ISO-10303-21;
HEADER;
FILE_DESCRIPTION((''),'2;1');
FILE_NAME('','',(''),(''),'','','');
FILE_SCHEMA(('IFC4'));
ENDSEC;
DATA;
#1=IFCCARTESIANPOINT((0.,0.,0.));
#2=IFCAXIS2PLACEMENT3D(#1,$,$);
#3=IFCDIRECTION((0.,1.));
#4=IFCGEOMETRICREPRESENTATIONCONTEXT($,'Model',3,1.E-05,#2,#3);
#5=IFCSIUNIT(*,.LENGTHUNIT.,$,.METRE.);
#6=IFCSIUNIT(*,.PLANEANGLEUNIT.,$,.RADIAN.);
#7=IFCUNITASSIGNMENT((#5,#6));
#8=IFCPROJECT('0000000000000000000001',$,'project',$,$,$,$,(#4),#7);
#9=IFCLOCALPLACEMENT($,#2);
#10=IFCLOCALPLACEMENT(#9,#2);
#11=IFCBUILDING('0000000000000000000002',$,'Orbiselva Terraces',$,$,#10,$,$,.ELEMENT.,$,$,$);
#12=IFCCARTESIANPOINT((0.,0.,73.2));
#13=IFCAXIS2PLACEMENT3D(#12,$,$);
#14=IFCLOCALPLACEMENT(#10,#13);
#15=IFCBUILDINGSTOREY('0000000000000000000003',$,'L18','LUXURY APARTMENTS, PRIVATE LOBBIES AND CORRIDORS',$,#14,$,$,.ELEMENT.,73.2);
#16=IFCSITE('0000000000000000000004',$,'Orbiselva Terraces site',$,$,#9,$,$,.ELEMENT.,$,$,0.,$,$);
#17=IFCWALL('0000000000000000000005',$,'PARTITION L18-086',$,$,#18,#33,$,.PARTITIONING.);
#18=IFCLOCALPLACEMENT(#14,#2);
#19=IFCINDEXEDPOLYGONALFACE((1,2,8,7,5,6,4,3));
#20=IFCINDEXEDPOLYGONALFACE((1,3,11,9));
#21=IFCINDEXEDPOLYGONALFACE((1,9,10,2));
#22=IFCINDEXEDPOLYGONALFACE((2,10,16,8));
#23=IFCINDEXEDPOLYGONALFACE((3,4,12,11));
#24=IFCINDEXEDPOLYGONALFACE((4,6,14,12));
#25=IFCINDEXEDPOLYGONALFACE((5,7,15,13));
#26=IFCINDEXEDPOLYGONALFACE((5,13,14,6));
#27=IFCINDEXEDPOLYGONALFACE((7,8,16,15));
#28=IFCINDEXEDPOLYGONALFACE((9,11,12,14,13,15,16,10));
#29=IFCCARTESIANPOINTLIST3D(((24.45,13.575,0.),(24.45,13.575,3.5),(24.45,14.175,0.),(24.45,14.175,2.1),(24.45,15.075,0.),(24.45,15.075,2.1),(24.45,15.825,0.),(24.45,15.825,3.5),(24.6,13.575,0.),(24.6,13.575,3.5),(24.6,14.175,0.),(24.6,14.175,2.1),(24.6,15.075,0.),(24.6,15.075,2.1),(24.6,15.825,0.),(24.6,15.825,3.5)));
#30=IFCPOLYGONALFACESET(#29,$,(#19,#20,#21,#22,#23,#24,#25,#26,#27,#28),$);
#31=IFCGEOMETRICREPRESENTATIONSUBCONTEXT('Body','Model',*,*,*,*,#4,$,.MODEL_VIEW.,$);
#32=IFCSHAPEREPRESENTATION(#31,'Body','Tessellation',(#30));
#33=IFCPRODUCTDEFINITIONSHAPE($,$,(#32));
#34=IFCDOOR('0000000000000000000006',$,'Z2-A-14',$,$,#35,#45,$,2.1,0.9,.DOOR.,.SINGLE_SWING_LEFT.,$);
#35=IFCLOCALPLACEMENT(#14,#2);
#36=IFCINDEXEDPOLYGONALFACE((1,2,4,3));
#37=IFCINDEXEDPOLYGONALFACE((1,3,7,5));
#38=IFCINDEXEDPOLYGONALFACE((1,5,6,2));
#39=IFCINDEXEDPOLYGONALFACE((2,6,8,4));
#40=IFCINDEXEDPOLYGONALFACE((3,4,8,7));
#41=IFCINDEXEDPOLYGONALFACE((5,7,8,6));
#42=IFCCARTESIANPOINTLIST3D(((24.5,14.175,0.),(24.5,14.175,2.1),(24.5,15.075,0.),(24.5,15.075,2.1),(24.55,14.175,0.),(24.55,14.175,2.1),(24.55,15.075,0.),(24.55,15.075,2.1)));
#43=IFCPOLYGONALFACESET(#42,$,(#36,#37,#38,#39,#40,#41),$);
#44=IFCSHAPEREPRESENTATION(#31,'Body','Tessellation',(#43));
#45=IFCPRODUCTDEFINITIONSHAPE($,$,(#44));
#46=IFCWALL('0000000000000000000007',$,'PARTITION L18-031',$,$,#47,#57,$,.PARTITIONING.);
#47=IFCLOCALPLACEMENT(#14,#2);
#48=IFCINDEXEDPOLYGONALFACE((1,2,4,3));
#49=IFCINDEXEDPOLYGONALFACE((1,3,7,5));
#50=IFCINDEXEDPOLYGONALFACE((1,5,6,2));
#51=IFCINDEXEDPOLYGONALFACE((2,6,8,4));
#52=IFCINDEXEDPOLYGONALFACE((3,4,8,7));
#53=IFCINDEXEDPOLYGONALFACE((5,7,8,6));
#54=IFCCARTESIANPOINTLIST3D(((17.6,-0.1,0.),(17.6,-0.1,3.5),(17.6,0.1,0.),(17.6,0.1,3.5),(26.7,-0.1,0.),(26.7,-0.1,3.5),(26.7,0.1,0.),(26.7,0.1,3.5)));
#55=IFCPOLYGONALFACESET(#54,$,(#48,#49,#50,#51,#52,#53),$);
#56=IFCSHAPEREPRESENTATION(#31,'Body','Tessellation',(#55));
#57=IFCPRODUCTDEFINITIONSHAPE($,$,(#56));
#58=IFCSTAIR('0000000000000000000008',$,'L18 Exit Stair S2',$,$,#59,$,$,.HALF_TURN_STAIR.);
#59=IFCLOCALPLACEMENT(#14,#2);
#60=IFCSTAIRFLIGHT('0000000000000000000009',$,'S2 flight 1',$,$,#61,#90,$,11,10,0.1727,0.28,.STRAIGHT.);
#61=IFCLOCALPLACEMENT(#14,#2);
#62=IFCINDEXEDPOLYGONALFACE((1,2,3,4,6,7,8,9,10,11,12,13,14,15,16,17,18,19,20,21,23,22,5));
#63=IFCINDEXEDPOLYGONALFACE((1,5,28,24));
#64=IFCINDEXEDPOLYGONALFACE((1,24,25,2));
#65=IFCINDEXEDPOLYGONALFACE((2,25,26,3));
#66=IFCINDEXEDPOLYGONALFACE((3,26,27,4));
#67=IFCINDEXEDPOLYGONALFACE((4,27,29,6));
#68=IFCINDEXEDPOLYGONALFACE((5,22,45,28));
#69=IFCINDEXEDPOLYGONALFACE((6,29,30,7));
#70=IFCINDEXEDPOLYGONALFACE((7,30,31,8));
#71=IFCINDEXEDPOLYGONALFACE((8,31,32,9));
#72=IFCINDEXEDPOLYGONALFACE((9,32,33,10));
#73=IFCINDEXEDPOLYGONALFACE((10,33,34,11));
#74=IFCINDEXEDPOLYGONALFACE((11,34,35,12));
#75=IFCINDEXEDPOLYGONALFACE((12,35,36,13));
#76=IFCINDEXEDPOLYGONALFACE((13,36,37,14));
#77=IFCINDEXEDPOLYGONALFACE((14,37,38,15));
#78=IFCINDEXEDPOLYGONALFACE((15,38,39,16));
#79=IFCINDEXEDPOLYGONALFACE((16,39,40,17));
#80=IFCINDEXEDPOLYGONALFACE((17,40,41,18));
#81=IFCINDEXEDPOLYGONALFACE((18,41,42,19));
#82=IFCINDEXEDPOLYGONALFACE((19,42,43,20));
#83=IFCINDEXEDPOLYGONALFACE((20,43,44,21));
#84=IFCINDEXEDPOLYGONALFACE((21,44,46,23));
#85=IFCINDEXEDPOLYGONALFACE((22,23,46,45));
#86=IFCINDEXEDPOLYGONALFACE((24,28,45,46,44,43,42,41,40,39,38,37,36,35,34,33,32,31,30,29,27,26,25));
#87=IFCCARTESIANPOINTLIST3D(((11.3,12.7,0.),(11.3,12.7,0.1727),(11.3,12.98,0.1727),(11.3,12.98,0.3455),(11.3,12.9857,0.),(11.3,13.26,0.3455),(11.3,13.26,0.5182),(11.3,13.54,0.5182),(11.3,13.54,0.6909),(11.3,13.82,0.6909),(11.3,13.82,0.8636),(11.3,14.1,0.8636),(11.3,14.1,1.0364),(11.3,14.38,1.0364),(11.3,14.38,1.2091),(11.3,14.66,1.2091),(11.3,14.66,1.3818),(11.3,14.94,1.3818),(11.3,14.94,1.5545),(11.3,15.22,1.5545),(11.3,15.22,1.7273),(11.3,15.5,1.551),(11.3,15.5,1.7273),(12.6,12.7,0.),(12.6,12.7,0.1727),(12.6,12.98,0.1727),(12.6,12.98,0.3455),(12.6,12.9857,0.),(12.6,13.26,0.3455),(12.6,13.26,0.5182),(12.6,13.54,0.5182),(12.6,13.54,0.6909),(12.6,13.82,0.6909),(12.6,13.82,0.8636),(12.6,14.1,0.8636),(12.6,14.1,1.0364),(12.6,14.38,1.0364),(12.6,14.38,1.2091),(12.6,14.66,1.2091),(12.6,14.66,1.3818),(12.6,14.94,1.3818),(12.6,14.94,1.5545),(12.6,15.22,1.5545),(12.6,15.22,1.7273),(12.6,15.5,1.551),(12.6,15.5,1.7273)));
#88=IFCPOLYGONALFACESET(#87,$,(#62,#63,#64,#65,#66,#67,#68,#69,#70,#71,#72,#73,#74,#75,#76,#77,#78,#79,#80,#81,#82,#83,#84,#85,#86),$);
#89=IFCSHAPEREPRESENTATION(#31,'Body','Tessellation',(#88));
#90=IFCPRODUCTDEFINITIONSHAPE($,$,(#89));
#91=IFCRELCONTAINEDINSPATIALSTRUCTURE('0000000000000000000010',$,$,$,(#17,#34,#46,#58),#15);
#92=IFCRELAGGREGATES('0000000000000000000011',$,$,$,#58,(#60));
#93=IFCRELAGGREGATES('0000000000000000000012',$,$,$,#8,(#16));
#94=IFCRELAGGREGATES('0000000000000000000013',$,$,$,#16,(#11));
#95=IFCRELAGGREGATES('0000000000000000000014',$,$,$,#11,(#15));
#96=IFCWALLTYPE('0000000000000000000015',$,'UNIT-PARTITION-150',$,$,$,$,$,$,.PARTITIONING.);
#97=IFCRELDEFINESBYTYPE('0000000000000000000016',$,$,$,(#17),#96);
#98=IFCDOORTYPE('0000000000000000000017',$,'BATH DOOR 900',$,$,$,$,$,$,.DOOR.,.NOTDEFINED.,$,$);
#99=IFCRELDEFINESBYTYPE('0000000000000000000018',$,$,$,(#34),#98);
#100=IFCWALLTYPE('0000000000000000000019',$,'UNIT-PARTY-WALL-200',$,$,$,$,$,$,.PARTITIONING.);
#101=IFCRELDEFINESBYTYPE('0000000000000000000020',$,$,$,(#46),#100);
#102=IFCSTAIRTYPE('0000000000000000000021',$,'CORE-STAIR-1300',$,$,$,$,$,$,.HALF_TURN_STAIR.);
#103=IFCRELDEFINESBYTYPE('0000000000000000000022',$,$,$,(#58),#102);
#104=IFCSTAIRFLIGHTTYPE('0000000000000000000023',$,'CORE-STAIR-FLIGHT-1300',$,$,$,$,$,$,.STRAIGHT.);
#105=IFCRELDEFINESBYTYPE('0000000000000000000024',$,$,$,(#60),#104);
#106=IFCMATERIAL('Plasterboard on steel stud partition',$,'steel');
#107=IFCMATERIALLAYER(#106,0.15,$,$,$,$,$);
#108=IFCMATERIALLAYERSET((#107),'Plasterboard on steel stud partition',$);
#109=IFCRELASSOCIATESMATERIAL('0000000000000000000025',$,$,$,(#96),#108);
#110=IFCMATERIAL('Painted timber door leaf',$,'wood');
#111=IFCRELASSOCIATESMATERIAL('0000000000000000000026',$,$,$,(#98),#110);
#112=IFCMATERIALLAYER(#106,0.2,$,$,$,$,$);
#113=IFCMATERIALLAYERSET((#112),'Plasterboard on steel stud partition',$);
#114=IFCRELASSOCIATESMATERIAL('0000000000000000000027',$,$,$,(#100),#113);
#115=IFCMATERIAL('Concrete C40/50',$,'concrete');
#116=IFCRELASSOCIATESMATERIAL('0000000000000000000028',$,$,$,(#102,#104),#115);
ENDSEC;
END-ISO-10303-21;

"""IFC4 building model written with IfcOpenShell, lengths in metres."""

from ifc_helpers import new_model, si_unit, direction, frame, frame_2d, origin, place, context, subcontext, project, spatial, polyline, rectangle, outline, extrude, material, layer, layer_set, type_object, element, fill, aggregate, save


model = new_model("IFC4")

# Units and contexts
model_context = context("Model", 3, precision=1e-05, world=origin(), true_north=direction((0.0, 1.0)))
body_context = subcontext(model_context, "Body", "Model", "MODEL_VIEW")
ifc_project = project(units=[si_unit("LENGTHUNIT", "METRE"), si_unit("PLANEANGLEUNIT", "RADIAN")], contexts=[model_context])

# Site, building, storey
site_placement = place(None, origin())
site = spatial("IfcSite", under=ifc_project, at=site_placement, Name="Orbiselva Terraces site", CompositionType="ELEMENT", RefElevation=0.0)
building_placement = place(site_placement, origin())
building = spatial("IfcBuilding", under=site, at=building_placement, Name="Orbiselva Terraces", CompositionType="ELEMENT")
storey_placement = place(building_placement, frame((0.0, 0.0, 73.2)))
storey = spatial("IfcBuildingStorey", under=building, at=storey_placement, Name="L18", Description="LUXURY APARTMENTS, PRIVATE LOBBIES AND CORRIDORS", CompositionType="ELEMENT", Elevation=73.2)

# Shared definitions
ifc_material_1 = material(Name="Plasterboard on steel stud partition", Category="steel")
ifc_material_2 = material(Name="Painted timber door leaf", Category="wood")

# Shared definitions
ifc_layer_1 = layer(ifc_material_1, 0.15)
ifc_layer_set_1 = layer_set([ifc_layer_1], Name="Plasterboard on steel stud partition")
wall_type_1 = type_object("IfcWallType", Name="UNIT-PARTITION-150", PredefinedType="PARTITIONING", material=ifc_layer_set_1)

# Wall, opening, door
door_type_1 = type_object("IfcDoorType", Name="BATH DOOR 900", OperationType="NOTDEFINED", PredefinedType="DOOR", material=ifc_material_2)
wall_1_placement = place(storey_placement, frame((24.525, 13.575, 0.0), z_axis=(0.0, 0.0, 1.0), x_axis=(0.0, 1.0, 0.0)))
wall_1 = element("IfcWall", 1, at=wall_1_placement, inside=storey, type_object=wall_type_1, Name="PARTITION L18-086", PredefinedType="PARTITIONING", context=body_context, shape_type="SweptSolid", body=[
    extrude(rectangle(XDim=2.25, YDim=0.15, at=frame_2d((1.125, 0.0))), origin(), (0.0, 0.0, 1.0), 3.5),
])
opening_1_placement = place(wall_1_placement, frame((0.6, 0.0, 0.0)))
opening_1 = element("IfcOpeningElement", 2, at=opening_1_placement, cuts=wall_1, PredefinedType="OPENING", context=body_context, shape_type="SweptSolid", body=[
    extrude(rectangle(XDim=0.9, YDim=2.1, at=frame_2d((0.45, 1.05))), frame((0.0, 0.085, 0.0), z_axis=(0.0, -1.0, 0.0), x_axis=(1.0, 0.0, 0.0)), (0.0, 0.0, 1.0), 0.17),
])
door_1_placement = place(opening_1_placement, origin())
door_1 = element("IfcDoor", 3, at=door_1_placement, inside=storey, type_object=door_type_1, Name="Z2-A-14", OperationType="SINGLE_SWING_LEFT", OverallHeight=2.1, OverallWidth=0.9, PredefinedType="DOOR", context=body_context, shape_type="SweptSolid", body=[
    extrude(rectangle(XDim=0.9, YDim=2.1, at=frame_2d((0.45, 1.05))), frame((0.0, 0.025, 0.0), z_axis=(0.0, -1.0, 0.0), x_axis=(1.0, 0.0, 0.0)), (0.0, 0.0, 1.0), 0.05),
])
fill(opening_1, door_1)

# Wall
ifc_layer_2 = layer(ifc_material_1, 0.2)
ifc_layer_set_2 = layer_set([ifc_layer_2], Name="Plasterboard on steel stud partition")
wall_type_2 = type_object("IfcWallType", Name="UNIT-PARTY-WALL-200", PredefinedType="PARTITIONING", material=ifc_layer_set_2)
wall_2_placement = place(storey_placement, frame((17.6, 0.0, 0.0), z_axis=(0.0, 0.0, 1.0), x_axis=(1.0, 0.0, 0.0)))
element("IfcWall", 4, at=wall_2_placement, inside=storey, type_object=wall_type_2, Name="PARTITION L18-031", PredefinedType="PARTITIONING", context=body_context, shape_type="SweptSolid", body=[
    extrude(rectangle(XDim=9.1, YDim=0.2, at=frame_2d((4.55, 0.0))), origin(), (0.0, 0.0, 1.0), 3.5),
])

# Stair, stair flight
ifc_material_3 = material(Name="Concrete C40/50", Category="concrete")
stair_type = type_object("IfcStairType", Name="CORE-STAIR-1300", PredefinedType="HALF_TURN_STAIR", material=ifc_material_3)
stair_placement = place(storey_placement, origin())
stair = element("IfcStair", 5, at=stair_placement, inside=storey, type_object=stair_type, Name="L18 Exit Stair S2", PredefinedType="HALF_TURN_STAIR")
stair_flight_type = type_object("IfcStairFlightType", Name="CORE-STAIR-FLIGHT-1300", PredefinedType="STRAIGHT", material=ifc_material_3)
stair_flight_placement = place(storey_placement, frame((11.95, 12.7, 0.0), z_axis=(0.0, 0.0, 1.0), x_axis=(0.0, 1.0, 0.0)))
stair_flight = element("IfcStairFlight", 6, at=stair_flight_placement, type_object=stair_flight_type, Name="S2 flight 1", NumberOfRisers=11, NumberOfTreads=10, PredefinedType="STRAIGHT", RiserHeight=0.1727, TreadLength=0.28, context=body_context, shape_type="SweptSolid", body=[
    extrude(outline(polyline([(0.0, 0.0), (0.0, 0.1727), (0.28, 0.1727), (0.28, 0.3455), (0.56, 0.3455), (0.56, 0.5182), (0.84, 0.5182), (0.84, 0.6909), (1.12, 0.6909), (1.12, 0.8636), (1.4, 0.8636), (1.4, 1.0364), (1.68, 1.0364), (1.68, 1.2091), (1.96, 1.2091), (1.96, 1.3818), (2.24, 1.3818), (2.24, 1.5545), (2.52, 1.5545), (2.52, 1.7273), (2.8, 1.7273), (2.8, 1.9), (2.8, 1.551), (0.2857, 0.0), (0.0, 0.0)])), frame((0.0, 0.65, 0.0), z_axis=(0.0, -1.0, 0.0), x_axis=(1.0, 0.0, 0.0)), (0.0, 0.0, 1.0), 1.3),
])
aggregate(stair, [stair_flight])

save(model, "model.ifc")
